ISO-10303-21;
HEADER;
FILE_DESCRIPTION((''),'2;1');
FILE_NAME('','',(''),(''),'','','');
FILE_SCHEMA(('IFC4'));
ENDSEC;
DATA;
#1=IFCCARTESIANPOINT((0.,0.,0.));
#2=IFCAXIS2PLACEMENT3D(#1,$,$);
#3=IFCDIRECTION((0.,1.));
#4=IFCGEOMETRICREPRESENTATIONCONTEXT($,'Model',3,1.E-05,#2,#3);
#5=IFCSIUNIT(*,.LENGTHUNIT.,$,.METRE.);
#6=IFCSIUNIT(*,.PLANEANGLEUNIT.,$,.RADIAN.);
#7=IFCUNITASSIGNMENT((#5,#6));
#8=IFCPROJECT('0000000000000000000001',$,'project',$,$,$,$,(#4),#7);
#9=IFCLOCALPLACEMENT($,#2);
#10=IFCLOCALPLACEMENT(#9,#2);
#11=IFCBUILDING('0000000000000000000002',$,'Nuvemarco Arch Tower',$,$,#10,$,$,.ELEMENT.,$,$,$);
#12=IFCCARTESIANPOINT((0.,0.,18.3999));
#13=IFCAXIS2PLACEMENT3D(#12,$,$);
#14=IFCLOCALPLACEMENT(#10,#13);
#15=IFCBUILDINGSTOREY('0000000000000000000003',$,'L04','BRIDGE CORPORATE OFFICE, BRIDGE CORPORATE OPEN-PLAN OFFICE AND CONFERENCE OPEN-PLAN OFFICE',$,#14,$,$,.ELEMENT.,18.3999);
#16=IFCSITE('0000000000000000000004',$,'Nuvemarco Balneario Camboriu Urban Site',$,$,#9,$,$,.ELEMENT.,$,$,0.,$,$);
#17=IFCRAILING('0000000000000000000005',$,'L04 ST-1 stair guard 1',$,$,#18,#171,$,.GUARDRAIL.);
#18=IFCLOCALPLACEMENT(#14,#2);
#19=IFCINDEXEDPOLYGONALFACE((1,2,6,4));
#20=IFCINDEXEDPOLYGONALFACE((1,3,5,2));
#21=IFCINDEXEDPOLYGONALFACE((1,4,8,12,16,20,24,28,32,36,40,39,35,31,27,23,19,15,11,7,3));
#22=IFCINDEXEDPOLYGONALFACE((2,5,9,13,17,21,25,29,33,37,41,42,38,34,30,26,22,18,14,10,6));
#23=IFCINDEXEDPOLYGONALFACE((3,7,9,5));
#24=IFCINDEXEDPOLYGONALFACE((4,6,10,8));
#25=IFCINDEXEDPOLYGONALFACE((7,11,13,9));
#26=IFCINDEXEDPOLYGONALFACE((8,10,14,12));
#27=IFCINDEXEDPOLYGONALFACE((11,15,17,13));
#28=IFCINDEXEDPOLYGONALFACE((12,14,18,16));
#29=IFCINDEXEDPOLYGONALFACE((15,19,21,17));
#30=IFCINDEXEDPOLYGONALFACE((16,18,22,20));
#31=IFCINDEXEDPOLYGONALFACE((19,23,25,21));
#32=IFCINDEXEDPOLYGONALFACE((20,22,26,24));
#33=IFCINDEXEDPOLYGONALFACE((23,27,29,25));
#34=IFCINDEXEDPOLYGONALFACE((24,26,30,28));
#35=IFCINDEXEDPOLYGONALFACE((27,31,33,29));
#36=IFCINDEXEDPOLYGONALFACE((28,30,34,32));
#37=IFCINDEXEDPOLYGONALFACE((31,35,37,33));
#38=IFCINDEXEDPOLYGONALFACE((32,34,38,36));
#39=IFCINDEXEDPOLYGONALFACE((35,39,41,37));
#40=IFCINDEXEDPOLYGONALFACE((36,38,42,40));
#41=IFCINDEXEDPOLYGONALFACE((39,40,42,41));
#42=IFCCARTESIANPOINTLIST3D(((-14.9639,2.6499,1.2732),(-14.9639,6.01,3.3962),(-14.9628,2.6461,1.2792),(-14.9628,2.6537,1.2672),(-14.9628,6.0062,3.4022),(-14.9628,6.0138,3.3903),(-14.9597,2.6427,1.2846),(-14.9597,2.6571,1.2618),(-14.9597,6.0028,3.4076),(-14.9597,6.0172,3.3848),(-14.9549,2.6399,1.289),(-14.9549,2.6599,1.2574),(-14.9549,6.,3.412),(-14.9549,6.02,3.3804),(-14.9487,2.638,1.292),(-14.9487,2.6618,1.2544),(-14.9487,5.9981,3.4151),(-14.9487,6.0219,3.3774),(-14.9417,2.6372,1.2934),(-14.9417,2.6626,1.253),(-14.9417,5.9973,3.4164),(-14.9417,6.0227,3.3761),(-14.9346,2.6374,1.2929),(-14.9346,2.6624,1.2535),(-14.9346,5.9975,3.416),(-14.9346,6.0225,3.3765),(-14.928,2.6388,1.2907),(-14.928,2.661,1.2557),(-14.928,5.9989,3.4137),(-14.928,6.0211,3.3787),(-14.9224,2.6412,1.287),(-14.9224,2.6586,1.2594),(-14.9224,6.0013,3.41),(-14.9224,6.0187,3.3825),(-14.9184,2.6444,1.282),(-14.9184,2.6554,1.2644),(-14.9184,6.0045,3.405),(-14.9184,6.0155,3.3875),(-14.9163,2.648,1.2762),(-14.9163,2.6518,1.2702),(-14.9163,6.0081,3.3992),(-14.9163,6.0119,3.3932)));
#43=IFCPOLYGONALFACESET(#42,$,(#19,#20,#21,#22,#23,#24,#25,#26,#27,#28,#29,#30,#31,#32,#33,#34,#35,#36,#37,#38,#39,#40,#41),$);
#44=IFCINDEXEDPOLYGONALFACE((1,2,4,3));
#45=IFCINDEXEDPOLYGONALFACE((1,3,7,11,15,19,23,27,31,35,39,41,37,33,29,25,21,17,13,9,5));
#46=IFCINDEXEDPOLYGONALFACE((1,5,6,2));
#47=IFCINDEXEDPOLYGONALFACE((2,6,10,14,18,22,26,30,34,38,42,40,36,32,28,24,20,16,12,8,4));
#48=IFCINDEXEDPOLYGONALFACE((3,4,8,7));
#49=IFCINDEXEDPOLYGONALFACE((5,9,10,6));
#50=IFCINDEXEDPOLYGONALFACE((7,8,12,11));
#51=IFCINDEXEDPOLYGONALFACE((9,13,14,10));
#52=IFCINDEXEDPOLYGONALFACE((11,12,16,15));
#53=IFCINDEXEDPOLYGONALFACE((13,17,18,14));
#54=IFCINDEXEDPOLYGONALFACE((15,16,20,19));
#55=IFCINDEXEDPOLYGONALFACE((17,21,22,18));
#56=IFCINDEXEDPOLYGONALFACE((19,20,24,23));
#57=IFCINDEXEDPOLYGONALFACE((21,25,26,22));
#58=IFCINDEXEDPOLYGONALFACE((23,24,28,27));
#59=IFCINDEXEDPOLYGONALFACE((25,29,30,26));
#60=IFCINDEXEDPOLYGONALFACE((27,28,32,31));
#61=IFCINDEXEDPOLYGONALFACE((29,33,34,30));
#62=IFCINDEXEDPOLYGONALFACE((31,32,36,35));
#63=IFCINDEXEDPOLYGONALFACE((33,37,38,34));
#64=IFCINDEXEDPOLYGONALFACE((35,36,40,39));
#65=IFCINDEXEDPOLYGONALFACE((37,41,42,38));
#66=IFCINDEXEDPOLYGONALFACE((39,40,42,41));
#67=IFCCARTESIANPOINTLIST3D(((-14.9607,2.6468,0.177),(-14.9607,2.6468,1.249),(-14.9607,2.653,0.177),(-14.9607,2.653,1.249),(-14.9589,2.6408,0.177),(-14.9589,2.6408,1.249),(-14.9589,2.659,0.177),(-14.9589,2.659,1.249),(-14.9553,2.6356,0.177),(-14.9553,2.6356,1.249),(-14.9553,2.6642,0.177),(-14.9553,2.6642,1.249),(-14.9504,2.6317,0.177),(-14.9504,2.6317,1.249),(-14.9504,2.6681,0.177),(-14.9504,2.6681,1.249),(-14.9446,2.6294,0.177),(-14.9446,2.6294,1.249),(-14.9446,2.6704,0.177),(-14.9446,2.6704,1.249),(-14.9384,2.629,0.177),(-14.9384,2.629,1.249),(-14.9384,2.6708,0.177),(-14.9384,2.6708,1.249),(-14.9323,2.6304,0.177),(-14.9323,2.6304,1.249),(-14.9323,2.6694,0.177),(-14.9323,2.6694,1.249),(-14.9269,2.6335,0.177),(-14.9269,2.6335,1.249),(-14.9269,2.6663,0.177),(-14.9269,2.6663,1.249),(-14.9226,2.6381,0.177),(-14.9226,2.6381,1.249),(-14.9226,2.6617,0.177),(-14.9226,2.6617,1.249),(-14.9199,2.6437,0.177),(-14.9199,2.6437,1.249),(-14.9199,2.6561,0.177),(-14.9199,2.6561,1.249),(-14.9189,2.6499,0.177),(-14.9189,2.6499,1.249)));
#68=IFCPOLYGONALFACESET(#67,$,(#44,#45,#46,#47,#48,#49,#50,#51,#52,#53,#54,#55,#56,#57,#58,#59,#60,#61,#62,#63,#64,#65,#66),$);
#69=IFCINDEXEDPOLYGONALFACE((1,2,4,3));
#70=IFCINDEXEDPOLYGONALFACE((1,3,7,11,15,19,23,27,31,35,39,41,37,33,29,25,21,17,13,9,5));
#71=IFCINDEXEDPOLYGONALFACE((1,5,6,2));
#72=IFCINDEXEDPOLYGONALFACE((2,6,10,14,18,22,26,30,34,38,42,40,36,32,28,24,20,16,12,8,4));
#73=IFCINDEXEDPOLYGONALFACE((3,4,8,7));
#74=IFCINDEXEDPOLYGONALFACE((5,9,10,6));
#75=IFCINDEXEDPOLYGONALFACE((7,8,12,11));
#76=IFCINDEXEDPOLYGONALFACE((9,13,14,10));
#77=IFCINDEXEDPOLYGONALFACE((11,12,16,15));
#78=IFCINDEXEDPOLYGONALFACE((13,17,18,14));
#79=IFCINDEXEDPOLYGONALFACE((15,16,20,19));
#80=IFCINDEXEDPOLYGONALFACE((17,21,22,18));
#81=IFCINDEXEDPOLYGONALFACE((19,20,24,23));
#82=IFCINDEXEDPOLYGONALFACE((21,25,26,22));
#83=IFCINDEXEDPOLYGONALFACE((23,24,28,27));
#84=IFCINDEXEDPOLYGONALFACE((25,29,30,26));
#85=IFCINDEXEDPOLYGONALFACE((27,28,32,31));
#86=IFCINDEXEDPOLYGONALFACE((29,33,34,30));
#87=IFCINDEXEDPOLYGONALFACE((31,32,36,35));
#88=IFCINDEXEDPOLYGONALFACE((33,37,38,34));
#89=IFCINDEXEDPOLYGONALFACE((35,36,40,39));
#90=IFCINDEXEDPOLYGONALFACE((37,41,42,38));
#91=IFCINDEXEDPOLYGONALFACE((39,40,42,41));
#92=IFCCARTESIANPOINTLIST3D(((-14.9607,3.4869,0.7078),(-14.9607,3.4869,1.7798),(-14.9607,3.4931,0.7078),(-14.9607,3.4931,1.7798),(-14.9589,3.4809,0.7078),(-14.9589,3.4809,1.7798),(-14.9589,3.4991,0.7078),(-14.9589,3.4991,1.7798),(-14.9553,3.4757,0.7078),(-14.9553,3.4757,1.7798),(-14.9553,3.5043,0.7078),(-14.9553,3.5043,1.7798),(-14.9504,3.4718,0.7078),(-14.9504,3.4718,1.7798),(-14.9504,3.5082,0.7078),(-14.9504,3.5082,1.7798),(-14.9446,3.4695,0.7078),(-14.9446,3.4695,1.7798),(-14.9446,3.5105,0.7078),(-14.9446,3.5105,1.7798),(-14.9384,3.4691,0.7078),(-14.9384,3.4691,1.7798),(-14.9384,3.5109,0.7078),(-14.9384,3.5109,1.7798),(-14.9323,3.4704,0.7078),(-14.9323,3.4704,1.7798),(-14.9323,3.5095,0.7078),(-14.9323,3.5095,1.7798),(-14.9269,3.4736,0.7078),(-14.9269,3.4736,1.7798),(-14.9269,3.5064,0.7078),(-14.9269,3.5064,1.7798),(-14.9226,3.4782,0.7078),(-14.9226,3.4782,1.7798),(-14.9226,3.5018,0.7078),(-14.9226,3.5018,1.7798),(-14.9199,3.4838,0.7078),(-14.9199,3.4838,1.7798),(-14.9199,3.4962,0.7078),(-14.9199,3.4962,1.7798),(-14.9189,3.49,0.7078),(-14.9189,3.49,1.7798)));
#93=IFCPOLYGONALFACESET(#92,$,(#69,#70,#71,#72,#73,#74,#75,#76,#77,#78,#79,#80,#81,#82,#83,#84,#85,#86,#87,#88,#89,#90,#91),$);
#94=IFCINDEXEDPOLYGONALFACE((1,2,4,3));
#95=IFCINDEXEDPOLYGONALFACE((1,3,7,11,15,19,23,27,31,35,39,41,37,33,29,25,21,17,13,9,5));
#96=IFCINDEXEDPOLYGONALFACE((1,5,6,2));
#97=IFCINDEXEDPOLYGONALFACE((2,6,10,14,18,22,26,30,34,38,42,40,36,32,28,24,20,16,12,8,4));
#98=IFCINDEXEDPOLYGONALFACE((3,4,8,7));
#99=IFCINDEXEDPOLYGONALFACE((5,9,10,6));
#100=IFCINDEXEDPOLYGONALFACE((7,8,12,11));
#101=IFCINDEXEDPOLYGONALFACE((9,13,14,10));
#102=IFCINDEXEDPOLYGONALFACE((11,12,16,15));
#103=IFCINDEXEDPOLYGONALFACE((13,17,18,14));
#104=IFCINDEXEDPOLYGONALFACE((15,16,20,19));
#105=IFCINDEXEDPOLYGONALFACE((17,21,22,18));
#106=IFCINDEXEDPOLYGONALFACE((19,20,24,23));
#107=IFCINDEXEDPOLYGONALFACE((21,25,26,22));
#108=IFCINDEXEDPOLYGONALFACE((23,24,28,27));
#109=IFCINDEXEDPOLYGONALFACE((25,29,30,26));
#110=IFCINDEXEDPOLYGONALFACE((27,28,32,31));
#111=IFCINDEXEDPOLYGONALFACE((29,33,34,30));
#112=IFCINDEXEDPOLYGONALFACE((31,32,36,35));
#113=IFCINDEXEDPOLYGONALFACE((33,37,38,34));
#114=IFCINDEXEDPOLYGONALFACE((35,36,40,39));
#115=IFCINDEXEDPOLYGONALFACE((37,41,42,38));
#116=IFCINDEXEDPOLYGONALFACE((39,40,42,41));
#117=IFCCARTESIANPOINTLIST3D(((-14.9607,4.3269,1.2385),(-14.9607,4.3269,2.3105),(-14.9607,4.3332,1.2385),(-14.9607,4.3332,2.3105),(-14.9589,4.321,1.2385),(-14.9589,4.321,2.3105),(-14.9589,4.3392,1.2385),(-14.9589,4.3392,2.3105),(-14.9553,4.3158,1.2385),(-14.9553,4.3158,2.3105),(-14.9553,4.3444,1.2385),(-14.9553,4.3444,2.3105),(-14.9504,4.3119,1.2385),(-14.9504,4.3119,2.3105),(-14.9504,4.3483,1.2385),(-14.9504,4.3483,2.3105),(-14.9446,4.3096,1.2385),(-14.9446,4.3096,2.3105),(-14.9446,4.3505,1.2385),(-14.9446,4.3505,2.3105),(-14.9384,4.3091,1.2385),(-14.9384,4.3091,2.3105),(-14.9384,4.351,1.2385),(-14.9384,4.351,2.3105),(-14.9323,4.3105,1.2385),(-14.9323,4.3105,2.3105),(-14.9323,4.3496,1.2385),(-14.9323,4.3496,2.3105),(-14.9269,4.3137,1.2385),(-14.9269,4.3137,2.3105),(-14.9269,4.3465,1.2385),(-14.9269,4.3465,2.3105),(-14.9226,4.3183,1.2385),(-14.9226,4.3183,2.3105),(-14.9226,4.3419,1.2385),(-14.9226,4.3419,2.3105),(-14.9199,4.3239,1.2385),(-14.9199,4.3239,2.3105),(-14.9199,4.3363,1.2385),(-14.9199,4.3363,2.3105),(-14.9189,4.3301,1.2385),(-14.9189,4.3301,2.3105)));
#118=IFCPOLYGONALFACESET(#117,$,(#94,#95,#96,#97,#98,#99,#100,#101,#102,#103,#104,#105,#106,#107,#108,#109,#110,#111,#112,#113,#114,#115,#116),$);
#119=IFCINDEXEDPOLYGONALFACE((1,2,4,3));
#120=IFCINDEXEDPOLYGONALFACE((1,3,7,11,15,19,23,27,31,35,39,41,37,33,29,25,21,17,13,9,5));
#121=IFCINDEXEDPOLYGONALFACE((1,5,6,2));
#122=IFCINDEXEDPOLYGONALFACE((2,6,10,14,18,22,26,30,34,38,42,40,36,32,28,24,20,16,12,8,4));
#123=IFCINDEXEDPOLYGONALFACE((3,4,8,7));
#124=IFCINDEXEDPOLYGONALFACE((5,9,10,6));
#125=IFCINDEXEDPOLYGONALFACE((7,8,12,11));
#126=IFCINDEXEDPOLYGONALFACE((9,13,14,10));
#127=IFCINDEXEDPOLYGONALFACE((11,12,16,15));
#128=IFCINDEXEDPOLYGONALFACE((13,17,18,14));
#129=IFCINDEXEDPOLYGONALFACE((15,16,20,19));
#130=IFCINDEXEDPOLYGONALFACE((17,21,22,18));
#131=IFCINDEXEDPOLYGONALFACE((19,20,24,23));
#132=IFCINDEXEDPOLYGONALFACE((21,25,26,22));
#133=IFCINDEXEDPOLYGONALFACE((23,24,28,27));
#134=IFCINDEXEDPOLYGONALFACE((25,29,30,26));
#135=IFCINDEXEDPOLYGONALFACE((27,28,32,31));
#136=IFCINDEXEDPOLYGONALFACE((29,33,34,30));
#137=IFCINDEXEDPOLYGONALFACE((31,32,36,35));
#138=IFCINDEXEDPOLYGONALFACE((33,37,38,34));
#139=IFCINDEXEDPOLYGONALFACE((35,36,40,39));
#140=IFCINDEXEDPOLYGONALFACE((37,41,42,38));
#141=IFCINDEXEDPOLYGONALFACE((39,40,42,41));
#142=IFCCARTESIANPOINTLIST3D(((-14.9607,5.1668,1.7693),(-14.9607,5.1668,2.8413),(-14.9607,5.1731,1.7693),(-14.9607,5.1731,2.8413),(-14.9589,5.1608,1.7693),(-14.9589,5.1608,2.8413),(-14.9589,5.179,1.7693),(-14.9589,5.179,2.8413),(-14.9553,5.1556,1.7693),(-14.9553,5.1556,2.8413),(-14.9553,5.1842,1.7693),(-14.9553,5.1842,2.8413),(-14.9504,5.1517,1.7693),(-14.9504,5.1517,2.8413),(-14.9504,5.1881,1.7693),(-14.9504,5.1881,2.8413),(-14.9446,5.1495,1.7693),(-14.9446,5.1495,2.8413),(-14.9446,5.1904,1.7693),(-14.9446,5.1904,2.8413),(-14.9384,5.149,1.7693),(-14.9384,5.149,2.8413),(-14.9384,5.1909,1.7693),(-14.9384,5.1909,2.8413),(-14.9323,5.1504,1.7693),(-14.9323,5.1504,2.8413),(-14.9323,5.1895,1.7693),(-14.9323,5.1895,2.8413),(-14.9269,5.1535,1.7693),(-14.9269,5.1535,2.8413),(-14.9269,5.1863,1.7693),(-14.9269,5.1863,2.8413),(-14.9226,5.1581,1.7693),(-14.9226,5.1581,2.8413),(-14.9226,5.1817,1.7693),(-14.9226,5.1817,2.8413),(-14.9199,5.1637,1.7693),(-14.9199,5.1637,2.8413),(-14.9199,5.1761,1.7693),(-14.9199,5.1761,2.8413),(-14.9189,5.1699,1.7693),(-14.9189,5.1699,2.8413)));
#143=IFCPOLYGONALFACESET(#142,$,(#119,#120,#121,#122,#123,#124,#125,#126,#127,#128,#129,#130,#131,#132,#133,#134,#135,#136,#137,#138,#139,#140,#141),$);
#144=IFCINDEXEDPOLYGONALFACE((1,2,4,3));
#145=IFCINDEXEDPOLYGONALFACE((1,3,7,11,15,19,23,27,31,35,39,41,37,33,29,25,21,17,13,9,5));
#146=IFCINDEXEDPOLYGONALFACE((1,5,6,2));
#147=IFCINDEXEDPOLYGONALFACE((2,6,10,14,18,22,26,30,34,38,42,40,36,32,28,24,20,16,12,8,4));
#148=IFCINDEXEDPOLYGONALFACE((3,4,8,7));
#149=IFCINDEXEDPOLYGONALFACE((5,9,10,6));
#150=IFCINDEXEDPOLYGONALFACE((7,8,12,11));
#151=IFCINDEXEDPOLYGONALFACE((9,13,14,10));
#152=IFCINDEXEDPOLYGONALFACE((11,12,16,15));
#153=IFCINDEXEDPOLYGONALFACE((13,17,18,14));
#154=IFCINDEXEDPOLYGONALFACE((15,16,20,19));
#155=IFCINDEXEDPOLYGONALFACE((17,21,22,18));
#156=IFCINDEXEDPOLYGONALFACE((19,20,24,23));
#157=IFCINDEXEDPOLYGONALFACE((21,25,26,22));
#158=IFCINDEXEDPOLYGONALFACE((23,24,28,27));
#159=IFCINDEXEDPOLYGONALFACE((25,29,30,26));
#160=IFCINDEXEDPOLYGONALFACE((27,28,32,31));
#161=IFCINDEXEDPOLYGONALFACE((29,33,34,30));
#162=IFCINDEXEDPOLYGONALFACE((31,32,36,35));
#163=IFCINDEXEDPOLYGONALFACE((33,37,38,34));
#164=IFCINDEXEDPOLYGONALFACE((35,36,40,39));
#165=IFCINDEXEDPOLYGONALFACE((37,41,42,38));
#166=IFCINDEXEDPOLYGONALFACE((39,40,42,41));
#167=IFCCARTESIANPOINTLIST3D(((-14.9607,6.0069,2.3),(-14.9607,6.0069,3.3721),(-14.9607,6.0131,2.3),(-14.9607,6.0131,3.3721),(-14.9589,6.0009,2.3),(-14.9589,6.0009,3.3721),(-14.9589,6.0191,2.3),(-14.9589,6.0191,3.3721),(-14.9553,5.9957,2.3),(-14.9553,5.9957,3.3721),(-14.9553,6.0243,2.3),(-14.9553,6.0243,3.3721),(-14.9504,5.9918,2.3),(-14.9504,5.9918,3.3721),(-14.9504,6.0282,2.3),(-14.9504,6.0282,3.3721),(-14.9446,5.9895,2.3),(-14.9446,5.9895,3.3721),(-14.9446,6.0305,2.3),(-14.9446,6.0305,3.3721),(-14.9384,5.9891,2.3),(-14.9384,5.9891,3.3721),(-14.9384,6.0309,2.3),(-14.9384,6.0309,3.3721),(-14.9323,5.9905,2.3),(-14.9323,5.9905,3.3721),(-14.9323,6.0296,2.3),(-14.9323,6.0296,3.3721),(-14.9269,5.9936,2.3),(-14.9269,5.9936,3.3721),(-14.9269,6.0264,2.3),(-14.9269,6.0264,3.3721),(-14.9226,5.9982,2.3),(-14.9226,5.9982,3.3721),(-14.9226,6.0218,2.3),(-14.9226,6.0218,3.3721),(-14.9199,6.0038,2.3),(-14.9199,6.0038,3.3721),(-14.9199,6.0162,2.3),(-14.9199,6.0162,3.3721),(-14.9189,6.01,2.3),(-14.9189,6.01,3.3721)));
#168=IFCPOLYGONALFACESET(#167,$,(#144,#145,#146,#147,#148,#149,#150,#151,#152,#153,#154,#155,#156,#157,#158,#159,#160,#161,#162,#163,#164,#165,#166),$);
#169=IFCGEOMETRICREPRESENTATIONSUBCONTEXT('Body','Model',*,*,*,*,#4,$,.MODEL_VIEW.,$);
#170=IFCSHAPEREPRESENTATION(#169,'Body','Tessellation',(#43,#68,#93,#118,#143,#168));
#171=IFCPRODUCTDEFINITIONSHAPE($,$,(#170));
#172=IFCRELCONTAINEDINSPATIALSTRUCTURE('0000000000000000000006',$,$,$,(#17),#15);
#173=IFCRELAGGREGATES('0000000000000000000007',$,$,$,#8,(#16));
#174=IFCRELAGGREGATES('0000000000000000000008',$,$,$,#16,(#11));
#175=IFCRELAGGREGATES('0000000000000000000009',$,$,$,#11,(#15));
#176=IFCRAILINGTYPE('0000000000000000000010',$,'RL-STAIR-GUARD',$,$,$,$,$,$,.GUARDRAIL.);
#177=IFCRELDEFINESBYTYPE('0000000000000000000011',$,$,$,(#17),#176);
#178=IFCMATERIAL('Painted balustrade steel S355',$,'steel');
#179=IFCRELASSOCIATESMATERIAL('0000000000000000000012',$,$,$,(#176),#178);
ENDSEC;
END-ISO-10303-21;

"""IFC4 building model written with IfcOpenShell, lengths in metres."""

from ifc_helpers import new_model, si_unit, direction, frame, origin, origin_2d, place, context, subcontext, project, spatial, circle, extrude, material, type_object, element, save


model = new_model("IFC4")

# Units and contexts
model_context = context("Model", 3, precision=1e-05, world=origin(), true_north=direction((0.0, 1.0)))
body_context = subcontext(model_context, "Body", "Model", "MODEL_VIEW")
ifc_project = project(units=[si_unit("LENGTHUNIT", "METRE"), si_unit("PLANEANGLEUNIT", "RADIAN")], contexts=[model_context])

# Site, building, storey
site_placement = place(None, origin())
site = spatial("IfcSite", under=ifc_project, at=site_placement, Name="Nuvemarco Balneario Camboriu Urban Site", CompositionType="ELEMENT", RefElevation=0.0)
building_placement = place(site_placement, origin())
building = spatial("IfcBuilding", under=site, at=building_placement, Name="Nuvemarco Arch Tower", CompositionType="ELEMENT")
storey_placement = place(building_placement, frame((0.0, 0.0, 18.3999)))
storey = spatial("IfcBuildingStorey", under=building, at=storey_placement, Name="L04", Description="BRIDGE CORPORATE OFFICE, BRIDGE CORPORATE OPEN-PLAN OFFICE AND CONFERENCE OPEN-PLAN OFFICE", CompositionType="ELEMENT", Elevation=18.3999)

# Railing
ifc_material_1 = material(Name="Painted balustrade steel S355", Category="steel")
railing_type_1 = type_object("IfcRailingType", Name="RL-STAIR-GUARD", PredefinedType="GUARDRAIL", material=ifc_material_1)
railing_1_placement = place(storey_placement, frame((-14.9399, 2.6499, 0.177)))
element("IfcRailing", 1, at=railing_1_placement, inside=storey, type_object=railing_type_1, Name="L04 ST-1 stair guard 1", PredefinedType="GUARDRAIL", context=body_context, shape_type="SweptSolid", body=[
    extrude(circle(Radius=0.0239, at=origin_2d()), frame((0.0, 0.0, 1.0962), z_axis=(0.0, 0.84539, 0.53415), x_axis=(-1.0, 0.0, 0.0)), (0.0, 0.0, 1.0), 3.9746),
    extrude(circle(Radius=0.021, at=origin_2d()), origin(), (0.0, 0.0, 1.0), 1.072),
    extrude(circle(Radius=0.021, at=origin_2d()), frame((0.0, 0.8401, 0.5308)), (0.0, 0.0, 1.0), 1.072),
    extrude(circle(Radius=0.021, at=origin_2d()), frame((0.0, 1.6802, 1.0615)), (0.0, 0.0, 1.0), 1.072),
    extrude(circle(Radius=0.021, at=origin_2d()), frame((0.0, 2.52, 1.5923)), (0.0, 0.0, 1.0), 1.072),
    extrude(circle(Radius=0.021, at=origin_2d()), frame((0.0, 3.3601, 2.123)), (0.0, 0.0, 1.0), 1.072),
])

save(model, "model.ifc")
